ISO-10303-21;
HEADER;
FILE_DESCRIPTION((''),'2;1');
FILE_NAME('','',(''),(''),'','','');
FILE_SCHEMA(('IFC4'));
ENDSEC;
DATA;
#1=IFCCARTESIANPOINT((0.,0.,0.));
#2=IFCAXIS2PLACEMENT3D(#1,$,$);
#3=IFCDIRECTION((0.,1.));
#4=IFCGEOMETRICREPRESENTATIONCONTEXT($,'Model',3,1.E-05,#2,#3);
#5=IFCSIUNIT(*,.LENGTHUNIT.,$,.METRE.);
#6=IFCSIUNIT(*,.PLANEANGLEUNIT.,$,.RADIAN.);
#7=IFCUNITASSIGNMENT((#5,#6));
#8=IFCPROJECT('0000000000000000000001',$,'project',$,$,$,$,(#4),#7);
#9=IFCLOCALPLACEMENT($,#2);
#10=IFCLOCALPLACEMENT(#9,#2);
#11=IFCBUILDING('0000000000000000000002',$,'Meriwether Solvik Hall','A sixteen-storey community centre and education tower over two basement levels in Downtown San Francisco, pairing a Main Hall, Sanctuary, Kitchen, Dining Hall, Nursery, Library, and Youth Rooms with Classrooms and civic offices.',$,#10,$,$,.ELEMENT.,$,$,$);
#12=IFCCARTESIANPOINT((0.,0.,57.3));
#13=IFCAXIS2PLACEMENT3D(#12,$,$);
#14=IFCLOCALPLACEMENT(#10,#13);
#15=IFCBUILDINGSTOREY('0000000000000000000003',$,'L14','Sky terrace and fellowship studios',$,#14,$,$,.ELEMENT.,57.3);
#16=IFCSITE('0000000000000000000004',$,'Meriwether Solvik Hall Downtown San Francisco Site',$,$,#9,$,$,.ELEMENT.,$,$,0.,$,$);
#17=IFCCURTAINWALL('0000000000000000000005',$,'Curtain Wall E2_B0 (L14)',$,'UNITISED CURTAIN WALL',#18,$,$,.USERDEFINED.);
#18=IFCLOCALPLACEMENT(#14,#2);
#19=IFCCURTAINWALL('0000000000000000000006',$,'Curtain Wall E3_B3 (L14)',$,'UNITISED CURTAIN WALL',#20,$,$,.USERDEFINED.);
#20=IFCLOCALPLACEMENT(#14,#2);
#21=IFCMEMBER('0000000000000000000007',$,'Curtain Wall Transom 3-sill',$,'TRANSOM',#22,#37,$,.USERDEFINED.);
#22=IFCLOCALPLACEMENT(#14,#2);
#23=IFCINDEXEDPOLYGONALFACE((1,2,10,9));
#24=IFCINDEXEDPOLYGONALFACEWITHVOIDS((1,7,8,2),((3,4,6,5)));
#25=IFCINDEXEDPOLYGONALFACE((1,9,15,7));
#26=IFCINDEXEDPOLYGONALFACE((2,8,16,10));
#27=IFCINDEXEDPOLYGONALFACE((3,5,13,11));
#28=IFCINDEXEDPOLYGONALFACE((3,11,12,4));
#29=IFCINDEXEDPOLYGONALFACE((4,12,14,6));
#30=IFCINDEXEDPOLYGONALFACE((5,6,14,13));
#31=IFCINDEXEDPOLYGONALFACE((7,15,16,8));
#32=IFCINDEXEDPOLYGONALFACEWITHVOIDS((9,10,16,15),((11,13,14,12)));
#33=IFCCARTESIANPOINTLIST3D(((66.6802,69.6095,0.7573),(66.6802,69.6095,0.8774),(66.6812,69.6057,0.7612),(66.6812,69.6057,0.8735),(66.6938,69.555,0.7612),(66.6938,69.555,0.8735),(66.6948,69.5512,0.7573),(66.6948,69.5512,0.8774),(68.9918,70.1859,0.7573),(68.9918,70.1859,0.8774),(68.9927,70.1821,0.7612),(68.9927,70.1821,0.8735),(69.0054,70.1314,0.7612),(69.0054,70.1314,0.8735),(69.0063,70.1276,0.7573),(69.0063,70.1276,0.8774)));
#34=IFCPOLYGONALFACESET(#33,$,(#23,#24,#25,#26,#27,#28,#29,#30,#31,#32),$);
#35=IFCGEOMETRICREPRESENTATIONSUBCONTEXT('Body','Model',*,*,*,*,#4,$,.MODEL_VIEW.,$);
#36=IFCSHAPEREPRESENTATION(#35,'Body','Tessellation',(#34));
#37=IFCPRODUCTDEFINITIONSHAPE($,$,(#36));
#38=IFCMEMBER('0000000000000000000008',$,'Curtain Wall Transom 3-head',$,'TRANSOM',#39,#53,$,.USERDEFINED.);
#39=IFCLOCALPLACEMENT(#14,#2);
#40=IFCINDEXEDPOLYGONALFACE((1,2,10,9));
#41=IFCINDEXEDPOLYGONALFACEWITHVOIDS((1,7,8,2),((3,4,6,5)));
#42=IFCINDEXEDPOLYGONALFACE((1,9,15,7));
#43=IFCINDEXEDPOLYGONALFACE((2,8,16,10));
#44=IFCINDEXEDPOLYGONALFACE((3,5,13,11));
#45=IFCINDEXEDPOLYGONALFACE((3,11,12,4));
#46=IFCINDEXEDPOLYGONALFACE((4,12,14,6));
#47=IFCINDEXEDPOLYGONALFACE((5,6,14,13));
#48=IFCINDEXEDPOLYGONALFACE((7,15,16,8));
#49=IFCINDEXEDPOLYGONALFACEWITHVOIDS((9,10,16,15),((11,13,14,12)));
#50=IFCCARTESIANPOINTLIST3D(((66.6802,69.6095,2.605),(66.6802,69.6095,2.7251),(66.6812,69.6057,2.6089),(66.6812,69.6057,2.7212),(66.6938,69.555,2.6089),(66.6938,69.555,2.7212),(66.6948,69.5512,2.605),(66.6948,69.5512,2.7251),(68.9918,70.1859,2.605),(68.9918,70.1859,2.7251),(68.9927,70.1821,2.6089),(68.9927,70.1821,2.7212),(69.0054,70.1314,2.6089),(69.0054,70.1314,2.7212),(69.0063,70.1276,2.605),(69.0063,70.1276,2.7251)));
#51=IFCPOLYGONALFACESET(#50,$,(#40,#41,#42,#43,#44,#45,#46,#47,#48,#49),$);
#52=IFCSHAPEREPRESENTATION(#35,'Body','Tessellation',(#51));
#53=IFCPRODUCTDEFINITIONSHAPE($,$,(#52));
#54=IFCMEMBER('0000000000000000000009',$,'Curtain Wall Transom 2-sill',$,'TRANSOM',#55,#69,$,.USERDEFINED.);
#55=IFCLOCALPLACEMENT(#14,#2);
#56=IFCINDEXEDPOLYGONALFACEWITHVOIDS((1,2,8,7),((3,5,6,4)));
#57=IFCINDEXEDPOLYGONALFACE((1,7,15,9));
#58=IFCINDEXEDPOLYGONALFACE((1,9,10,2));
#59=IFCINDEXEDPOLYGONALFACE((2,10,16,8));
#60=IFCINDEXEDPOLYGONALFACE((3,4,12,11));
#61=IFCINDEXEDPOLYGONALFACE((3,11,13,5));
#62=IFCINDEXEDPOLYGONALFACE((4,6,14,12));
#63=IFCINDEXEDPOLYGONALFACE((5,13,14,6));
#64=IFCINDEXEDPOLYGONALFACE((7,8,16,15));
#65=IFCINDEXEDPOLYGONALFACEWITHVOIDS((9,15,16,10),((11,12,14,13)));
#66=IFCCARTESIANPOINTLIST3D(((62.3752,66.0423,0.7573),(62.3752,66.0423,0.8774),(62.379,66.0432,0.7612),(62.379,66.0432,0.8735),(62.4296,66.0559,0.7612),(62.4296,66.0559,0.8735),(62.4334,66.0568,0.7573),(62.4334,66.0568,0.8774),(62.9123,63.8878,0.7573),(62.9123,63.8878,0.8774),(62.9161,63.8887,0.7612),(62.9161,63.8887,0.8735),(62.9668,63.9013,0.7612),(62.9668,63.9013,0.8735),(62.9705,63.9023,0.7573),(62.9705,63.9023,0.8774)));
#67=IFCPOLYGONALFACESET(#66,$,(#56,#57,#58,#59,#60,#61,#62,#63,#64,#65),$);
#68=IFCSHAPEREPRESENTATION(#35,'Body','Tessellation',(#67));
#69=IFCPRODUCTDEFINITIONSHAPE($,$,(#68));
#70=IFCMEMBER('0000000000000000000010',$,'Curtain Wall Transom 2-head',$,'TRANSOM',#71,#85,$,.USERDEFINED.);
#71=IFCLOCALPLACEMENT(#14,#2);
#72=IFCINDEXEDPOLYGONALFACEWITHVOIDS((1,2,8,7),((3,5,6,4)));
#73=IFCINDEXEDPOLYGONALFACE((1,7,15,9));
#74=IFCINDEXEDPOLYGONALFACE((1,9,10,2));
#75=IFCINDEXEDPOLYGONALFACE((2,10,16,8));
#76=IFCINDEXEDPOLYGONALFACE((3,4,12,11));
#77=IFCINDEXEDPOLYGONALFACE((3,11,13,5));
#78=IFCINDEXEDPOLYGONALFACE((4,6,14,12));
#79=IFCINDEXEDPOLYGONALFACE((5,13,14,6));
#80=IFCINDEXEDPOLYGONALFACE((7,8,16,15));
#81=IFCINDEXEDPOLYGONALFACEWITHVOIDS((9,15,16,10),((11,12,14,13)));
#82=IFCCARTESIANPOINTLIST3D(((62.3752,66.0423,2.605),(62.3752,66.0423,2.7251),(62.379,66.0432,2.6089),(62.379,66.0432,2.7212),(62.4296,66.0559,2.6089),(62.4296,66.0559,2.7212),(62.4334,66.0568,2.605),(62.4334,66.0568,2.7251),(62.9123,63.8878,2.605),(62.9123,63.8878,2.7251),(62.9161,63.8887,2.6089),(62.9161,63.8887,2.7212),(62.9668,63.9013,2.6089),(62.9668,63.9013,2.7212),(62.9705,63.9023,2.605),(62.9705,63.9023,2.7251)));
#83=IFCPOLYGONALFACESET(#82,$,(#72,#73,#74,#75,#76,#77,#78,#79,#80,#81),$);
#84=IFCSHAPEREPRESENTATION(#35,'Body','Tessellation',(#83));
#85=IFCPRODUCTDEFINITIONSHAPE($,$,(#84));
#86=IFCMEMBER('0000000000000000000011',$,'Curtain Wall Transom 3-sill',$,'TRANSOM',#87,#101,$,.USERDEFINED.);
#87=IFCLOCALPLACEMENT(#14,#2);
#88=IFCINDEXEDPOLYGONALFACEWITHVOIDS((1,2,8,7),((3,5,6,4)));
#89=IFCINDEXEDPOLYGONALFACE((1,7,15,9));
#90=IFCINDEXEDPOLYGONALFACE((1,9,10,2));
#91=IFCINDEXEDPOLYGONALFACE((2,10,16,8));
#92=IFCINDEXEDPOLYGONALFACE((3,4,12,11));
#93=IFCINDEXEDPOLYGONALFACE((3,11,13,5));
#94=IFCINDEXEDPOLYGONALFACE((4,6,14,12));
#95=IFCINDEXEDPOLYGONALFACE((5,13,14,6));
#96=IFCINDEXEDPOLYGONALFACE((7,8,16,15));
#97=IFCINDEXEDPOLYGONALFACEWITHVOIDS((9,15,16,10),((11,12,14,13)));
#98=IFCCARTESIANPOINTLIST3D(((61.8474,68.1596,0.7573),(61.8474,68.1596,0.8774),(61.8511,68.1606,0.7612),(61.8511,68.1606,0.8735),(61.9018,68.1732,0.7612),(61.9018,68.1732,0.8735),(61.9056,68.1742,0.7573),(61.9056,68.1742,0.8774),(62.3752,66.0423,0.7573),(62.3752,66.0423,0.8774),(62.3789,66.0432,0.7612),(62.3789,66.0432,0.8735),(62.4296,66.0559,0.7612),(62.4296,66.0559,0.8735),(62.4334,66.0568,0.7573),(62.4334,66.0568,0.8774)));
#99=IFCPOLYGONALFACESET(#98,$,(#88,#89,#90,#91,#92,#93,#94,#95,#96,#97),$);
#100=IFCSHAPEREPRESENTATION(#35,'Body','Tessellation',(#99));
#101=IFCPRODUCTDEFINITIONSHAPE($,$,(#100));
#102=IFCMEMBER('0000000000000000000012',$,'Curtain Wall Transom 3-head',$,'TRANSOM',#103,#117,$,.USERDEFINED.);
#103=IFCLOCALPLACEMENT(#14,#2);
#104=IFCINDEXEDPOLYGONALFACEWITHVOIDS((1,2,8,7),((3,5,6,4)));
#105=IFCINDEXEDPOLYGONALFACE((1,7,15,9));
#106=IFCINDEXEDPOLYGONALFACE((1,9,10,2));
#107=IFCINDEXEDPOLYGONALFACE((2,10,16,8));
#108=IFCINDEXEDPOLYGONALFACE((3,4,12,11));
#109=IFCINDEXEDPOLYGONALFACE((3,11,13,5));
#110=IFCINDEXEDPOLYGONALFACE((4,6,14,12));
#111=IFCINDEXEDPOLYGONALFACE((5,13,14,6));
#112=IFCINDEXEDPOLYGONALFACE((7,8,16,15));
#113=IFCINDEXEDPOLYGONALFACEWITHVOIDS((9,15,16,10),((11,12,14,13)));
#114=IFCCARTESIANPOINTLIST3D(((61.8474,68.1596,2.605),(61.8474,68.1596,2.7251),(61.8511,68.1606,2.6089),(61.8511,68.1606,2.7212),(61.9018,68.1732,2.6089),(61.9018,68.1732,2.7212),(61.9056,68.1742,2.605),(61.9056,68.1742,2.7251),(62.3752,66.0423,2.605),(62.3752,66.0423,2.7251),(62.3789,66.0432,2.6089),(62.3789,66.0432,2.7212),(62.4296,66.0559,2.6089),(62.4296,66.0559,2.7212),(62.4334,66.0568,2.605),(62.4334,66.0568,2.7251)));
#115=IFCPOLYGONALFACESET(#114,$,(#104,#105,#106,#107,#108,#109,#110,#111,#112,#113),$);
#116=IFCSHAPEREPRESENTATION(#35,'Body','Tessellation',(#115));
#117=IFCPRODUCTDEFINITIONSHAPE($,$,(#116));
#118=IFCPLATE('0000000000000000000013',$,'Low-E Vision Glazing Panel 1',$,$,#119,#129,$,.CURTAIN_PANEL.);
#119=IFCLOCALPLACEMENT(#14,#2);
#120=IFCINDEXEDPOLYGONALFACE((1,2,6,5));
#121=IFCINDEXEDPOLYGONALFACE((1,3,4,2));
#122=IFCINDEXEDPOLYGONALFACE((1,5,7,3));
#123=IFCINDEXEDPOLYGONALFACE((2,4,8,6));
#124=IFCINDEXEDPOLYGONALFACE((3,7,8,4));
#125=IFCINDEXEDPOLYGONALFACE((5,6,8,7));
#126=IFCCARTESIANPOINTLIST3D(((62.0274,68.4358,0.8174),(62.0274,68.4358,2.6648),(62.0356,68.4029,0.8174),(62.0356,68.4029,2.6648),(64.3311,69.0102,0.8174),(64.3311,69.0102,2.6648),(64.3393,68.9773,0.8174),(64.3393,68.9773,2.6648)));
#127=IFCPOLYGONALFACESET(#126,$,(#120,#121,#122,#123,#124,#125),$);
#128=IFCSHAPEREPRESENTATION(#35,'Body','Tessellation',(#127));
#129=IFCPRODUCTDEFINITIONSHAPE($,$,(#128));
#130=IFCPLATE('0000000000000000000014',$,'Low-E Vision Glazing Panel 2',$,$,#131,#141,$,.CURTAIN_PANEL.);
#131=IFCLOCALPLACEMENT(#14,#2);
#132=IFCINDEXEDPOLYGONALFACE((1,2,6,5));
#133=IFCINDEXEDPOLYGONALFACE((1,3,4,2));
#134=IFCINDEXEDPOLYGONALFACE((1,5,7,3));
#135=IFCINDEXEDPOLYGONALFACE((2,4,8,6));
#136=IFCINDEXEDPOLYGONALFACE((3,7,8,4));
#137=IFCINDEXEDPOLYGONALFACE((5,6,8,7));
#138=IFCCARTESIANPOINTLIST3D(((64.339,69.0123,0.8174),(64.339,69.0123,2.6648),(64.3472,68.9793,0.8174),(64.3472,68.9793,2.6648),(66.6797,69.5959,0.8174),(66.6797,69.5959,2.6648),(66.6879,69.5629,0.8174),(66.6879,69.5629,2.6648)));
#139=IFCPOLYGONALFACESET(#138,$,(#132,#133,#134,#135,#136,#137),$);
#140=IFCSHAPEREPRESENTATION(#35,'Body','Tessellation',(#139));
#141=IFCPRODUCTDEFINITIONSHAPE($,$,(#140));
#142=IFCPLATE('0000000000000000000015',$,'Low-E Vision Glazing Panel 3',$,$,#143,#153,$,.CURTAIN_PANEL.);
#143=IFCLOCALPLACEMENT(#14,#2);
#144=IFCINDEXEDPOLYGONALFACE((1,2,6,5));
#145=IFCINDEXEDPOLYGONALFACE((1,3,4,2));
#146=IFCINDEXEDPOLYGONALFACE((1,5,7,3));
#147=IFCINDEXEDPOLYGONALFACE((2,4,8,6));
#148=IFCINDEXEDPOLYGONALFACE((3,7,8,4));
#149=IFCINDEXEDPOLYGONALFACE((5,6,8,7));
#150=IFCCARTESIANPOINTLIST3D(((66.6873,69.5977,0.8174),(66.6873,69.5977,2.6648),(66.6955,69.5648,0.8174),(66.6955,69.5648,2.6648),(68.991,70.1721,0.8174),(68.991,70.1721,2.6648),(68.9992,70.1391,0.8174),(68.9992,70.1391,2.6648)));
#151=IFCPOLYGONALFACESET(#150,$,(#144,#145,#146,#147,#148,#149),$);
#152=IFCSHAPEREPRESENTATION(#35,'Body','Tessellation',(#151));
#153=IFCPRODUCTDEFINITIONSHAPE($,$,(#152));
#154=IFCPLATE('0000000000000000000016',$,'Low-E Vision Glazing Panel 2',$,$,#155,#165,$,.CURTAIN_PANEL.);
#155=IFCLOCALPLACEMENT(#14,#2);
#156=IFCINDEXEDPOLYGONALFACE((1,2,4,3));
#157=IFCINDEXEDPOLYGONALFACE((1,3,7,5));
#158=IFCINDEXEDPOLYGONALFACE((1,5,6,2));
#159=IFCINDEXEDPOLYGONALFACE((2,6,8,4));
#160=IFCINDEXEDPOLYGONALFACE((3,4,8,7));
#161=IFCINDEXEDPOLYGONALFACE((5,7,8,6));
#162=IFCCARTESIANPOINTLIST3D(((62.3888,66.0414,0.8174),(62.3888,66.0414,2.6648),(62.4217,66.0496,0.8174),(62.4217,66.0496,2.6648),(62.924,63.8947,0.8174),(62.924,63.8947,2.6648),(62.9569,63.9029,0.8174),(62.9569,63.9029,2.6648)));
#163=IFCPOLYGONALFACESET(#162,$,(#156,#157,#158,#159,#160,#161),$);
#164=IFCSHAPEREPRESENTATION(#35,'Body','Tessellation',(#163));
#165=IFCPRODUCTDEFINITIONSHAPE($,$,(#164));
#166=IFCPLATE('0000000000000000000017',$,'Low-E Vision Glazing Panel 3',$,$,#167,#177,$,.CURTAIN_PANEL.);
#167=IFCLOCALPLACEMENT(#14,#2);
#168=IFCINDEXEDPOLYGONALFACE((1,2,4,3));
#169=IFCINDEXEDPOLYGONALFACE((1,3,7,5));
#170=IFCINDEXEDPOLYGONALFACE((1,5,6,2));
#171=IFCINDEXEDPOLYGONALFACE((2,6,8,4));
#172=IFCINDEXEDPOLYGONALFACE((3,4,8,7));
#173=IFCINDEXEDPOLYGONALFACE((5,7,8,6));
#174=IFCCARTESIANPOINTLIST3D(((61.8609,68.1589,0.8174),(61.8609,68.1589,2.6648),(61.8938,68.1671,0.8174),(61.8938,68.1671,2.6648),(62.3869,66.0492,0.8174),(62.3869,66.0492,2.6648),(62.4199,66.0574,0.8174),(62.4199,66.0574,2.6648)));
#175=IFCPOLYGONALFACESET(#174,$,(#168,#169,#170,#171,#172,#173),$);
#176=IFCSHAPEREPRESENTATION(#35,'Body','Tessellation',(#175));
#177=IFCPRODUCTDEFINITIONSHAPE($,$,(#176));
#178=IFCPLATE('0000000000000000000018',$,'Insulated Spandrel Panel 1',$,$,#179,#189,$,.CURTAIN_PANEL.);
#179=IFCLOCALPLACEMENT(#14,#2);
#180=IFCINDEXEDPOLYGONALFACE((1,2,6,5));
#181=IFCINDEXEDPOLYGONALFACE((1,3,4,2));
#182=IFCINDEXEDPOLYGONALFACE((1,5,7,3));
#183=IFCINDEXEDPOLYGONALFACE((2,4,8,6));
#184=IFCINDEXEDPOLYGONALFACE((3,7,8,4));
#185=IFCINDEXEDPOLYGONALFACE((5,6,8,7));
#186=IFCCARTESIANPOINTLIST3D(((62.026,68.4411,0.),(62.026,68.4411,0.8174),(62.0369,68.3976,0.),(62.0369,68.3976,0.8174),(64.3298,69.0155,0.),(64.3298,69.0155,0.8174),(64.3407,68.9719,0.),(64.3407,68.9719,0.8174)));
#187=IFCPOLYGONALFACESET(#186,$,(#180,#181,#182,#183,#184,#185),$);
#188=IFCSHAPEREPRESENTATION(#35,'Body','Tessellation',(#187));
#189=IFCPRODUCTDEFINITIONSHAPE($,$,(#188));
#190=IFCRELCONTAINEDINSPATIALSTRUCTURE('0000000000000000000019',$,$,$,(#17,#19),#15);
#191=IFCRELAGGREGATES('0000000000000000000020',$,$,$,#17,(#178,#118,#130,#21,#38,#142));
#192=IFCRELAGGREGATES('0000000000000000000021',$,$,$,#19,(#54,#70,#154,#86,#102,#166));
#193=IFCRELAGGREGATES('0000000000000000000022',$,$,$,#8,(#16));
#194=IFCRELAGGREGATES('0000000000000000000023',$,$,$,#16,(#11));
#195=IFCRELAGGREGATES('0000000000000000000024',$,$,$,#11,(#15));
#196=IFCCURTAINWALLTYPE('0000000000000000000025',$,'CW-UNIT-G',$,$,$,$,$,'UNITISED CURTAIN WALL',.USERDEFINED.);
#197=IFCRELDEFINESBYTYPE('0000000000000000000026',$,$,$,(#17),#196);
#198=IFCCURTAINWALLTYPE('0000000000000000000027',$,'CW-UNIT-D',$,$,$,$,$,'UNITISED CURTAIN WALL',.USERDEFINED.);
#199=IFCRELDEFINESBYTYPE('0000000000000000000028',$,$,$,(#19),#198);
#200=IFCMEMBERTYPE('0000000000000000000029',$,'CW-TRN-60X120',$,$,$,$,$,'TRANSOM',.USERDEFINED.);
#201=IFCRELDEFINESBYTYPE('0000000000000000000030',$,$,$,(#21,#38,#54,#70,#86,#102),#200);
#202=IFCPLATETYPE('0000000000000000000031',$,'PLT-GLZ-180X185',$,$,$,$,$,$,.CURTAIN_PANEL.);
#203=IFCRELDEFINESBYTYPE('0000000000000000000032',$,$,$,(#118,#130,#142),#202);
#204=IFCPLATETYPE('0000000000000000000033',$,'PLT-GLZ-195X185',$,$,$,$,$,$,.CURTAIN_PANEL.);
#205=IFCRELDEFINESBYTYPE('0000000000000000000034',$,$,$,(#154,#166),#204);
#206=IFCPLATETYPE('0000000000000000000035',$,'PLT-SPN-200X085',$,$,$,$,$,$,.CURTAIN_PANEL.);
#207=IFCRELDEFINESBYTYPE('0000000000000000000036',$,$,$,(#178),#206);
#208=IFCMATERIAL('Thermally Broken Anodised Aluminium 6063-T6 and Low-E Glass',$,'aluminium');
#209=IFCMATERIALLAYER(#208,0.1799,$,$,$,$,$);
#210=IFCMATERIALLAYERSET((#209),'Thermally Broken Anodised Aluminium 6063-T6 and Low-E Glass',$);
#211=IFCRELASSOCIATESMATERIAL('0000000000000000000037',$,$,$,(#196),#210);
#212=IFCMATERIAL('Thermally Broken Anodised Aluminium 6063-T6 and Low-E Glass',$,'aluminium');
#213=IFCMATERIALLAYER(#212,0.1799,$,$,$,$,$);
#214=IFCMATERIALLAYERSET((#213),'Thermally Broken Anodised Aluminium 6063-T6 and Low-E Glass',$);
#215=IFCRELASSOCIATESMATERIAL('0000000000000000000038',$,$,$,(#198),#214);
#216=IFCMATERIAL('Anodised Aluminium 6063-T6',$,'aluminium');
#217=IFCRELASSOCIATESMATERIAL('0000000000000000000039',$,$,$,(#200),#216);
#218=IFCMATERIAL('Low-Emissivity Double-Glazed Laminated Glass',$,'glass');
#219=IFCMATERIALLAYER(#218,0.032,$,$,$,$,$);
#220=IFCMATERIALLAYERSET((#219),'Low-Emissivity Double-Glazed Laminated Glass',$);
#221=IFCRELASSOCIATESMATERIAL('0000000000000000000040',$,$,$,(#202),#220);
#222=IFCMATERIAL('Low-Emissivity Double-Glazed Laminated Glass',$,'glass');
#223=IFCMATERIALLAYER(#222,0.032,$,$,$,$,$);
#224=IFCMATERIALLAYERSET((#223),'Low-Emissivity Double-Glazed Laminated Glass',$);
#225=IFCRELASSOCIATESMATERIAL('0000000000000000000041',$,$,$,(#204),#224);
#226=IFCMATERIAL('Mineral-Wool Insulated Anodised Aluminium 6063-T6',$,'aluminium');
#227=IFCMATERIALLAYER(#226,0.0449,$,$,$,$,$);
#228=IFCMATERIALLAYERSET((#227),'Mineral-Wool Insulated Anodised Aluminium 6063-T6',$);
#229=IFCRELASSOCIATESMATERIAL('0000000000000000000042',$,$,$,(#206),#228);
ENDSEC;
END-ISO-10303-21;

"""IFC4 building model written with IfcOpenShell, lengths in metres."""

from ifc_helpers import new_model, si_unit, direction, frame, origin, origin_2d, place, context, subcontext, project, spatial, rectangle, hollow_rectangle, extrude, material, layer, layer_set, material_profile, profile_set, type_object, element, aggregate, save


model = new_model("IFC4")

# Units and contexts
model_context = context("Model", 3, precision=1e-05, world=origin(), true_north=direction((0.0, 1.0)))
body_context = subcontext(model_context, "Body", "Model", "MODEL_VIEW")
ifc_project = project(units=[si_unit("LENGTHUNIT", "METRE"), si_unit("PLANEANGLEUNIT", "RADIAN")], contexts=[model_context])

# Site, building, storey
site_placement = place(None, origin())
site = spatial("IfcSite", under=ifc_project, at=site_placement, Name="Meriwether Solvik Hall Downtown San Francisco Site", CompositionType="ELEMENT", RefElevation=0.0)
building_placement = place(site_placement, origin())
building = spatial("IfcBuilding", under=site, at=building_placement, Name="Meriwether Solvik Hall", Description="A sixteen-storey community centre and education tower over two basement levels in Downtown San Francisco, pairing a Main Hall, Sanctuary, Kitchen, Dining Hall, Nursery, Library, and Youth Rooms with Classrooms and civic offices.", CompositionType="ELEMENT")
storey_placement = place(building_placement, frame((0.0, 0.0, 57.3)))
storey = spatial("IfcBuildingStorey", under=building, at=storey_placement, Name="L14", Description="Sky terrace and fellowship studios", CompositionType="ELEMENT", Elevation=57.3)

# Curtain walls
ifc_material_1 = material(Name="Thermally Broken Anodised Aluminium 6063-T6 and Low-E Glass", Category="aluminium")
ifc_layer_1 = layer(ifc_material_1, 0.1799)
ifc_layer_set_1 = layer_set([ifc_layer_1], Name="Thermally Broken Anodised Aluminium 6063-T6 and Low-E Glass")
curtain_wall_type_1 = type_object("IfcCurtainWallType", Name="CW-UNIT-G", ElementType="UNITISED CURTAIN WALL", PredefinedType="USERDEFINED", material=ifc_layer_set_1)
curtain_wall_1_placement = place(storey_placement, origin())
curtain_wall_1 = element("IfcCurtainWall", 1, at=curtain_wall_1_placement, inside=storey, type_object=curtain_wall_type_1, Name="Curtain Wall E2_B0 (L14)", ObjectType="UNITISED CURTAIN WALL", PredefinedType="USERDEFINED")
ifc_material_2 = material(Name="Thermally Broken Anodised Aluminium 6063-T6 and Low-E Glass", Category="aluminium")
ifc_layer_2 = layer(ifc_material_2, 0.1799)
ifc_layer_set_2 = layer_set([ifc_layer_2], Name="Thermally Broken Anodised Aluminium 6063-T6 and Low-E Glass")
curtain_wall_type_2 = type_object("IfcCurtainWallType", Name="CW-UNIT-D", ElementType="UNITISED CURTAIN WALL", PredefinedType="USERDEFINED", material=ifc_layer_set_2)
curtain_wall_2_placement = place(storey_placement, origin())
curtain_wall_2 = element("IfcCurtainWall", 2, at=curtain_wall_2_placement, inside=storey, type_object=curtain_wall_type_2, Name="Curtain Wall E3_B3 (L14)", ObjectType="UNITISED CURTAIN WALL", PredefinedType="USERDEFINED")

# Members
ifc_material_3 = material(Name="Anodised Aluminium 6063-T6", Category="aluminium")
ifc_material_profile_1 = material_profile(ifc_material_3, hollow_rectangle(XDim=0.0601, YDim=0.1201, WallThickness=0.0039, at=origin_2d()), Name="CWT-60X120")
ifc_profile_set_1 = profile_set([ifc_material_profile_1], Name="Anodised Aluminium 6063-T6")
member_type_1 = type_object("IfcMemberType", Name="CW-TRN-60X120", ElementType="TRANSOM", PredefinedType="USERDEFINED", material=ifc_profile_set_1)
member_1_placement = place(storey_placement, frame((66.6875, 69.5803, 0.8174), z_axis=(0.970287, 0.241957, 0.0), x_axis=(-0.241957, 0.970287, 0.0)))
member_1 = element("IfcMember", 3, at=member_1_placement, type_object=member_type_1, Name="Curtain Wall Transom 3-sill", ObjectType="TRANSOM", PredefinedType="USERDEFINED", context=body_context, shape_type="SweptSolid", body=[
    extrude(hollow_rectangle(XDim=0.0601, YDim=0.1201, WallThickness=0.0039, at=origin_2d()), origin(), (0.0, 0.0, 1.0), 2.3823),
])
member_2_placement = place(storey_placement, frame((66.6875, 69.5803, 2.665), z_axis=(0.970287, 0.241957, 0.0), x_axis=(-0.241957, 0.970287, 0.0)))
member_2 = element("IfcMember", 4, at=member_2_placement, type_object=member_type_1, Name="Curtain Wall Transom 3-head", ObjectType="TRANSOM", PredefinedType="USERDEFINED", context=body_context, shape_type="SweptSolid", body=[
    extrude(hollow_rectangle(XDim=0.0601, YDim=0.1201, WallThickness=0.0039, at=origin_2d()), origin(), (0.0, 0.0, 1.0), 2.3823),
])
member_3_placement = place(storey_placement, frame((62.9414, 63.895, 0.8174), z_axis=(-0.241889, 0.970304, 0.0), x_axis=(-0.970304, -0.241889, 0.0)))
member_3 = element("IfcMember", 5, at=member_3_placement, type_object=member_type_1, Name="Curtain Wall Transom 2-sill", ObjectType="TRANSOM", PredefinedType="USERDEFINED", context=body_context, shape_type="SweptSolid", body=[
    extrude(hollow_rectangle(XDim=0.0601, YDim=0.1201, WallThickness=0.0039, at=origin_2d()), origin(), (0.0, 0.0, 1.0), 2.2205),
])
member_4_placement = place(storey_placement, frame((62.9414, 63.895, 2.665), z_axis=(-0.241889, 0.970304, 0.0), x_axis=(-0.970304, -0.241889, 0.0)))
member_4 = element("IfcMember", 6, at=member_4_placement, type_object=member_type_1, Name="Curtain Wall Transom 2-head", ObjectType="TRANSOM", PredefinedType="USERDEFINED", context=body_context, shape_type="SweptSolid", body=[
    extrude(hollow_rectangle(XDim=0.0601, YDim=0.1201, WallThickness=0.0039, at=origin_2d()), origin(), (0.0, 0.0, 1.0), 2.2205),
])
member_5_placement = place(storey_placement, frame((62.4043, 66.0496, 0.8174), z_axis=(-0.241877, 0.970307, 0.0), x_axis=(-0.970307, -0.241877, 0.0)))
member_5 = element("IfcMember", 7, at=member_5_placement, type_object=member_type_1, Name="Curtain Wall Transom 3-sill", ObjectType="TRANSOM", PredefinedType="USERDEFINED", context=body_context, shape_type="SweptSolid", body=[
    extrude(hollow_rectangle(XDim=0.0601, YDim=0.1201, WallThickness=0.0039, at=origin_2d()), origin(), (0.0, 0.0, 1.0), 2.1821),
])
member_6_placement = place(storey_placement, frame((62.4043, 66.0496, 2.665), z_axis=(-0.241877, 0.970307, 0.0), x_axis=(-0.970307, -0.241877, 0.0)))
member_6 = element("IfcMember", 8, at=member_6_placement, type_object=member_type_1, Name="Curtain Wall Transom 3-head", ObjectType="TRANSOM", PredefinedType="USERDEFINED", context=body_context, shape_type="SweptSolid", body=[
    extrude(hollow_rectangle(XDim=0.0601, YDim=0.1201, WallThickness=0.0039, at=origin_2d()), origin(), (0.0, 0.0, 1.0), 2.1821),
])

# Plates
ifc_material_4 = material(Name="Low-Emissivity Double-Glazed Laminated Glass", Category="glass")
ifc_layer_3 = layer(ifc_material_4, 0.032)
ifc_layer_set_3 = layer_set([ifc_layer_3], Name="Low-Emissivity Double-Glazed Laminated Glass")
plate_type_1 = type_object("IfcPlateType", Name="PLT-GLZ-180X185", PredefinedType="CURTAIN_PANEL", material=ifc_layer_set_3)
plate_1_placement = place(storey_placement, frame((63.1833, 68.7065, 0.8174), z_axis=(0.0, 0.0, 1.0), x_axis=(0.970296, 0.241922, 0.0)))
plate_1 = element("IfcPlate", 9, at=plate_1_placement, type_object=plate_type_1, Name="Low-E Vision Glazing Panel 1", PredefinedType="CURTAIN_PANEL", context=body_context, shape_type="SweptSolid", body=[
    extrude(rectangle(XDim=2.3743, YDim=0.0339, at=origin_2d()), origin(), (0.0, 0.0, 1.0), 1.8474),
])
plate_2_placement = place(storey_placement, frame((65.5134, 69.2876, 0.8174), z_axis=(0.0, 0.0, 1.0), x_axis=(0.970296, 0.241922, 0.0)))
plate_2 = element("IfcPlate", 10, at=plate_2_placement, type_object=plate_type_1, Name="Low-E Vision Glazing Panel 2", PredefinedType="CURTAIN_PANEL", context=body_context, shape_type="SweptSolid", body=[
    extrude(rectangle(XDim=2.4124, YDim=0.0339, at=origin_2d()), origin(), (0.0, 0.0, 1.0), 1.8474),
])
plate_3_placement = place(storey_placement, frame((67.8433, 69.8684, 0.8174), z_axis=(0.0, 0.0, 1.0), x_axis=(0.970296, 0.241922, 0.0)))
plate_3 = element("IfcPlate", 11, at=plate_3_placement, type_object=plate_type_1, Name="Low-E Vision Glazing Panel 3", PredefinedType="CURTAIN_PANEL", context=body_context, shape_type="SweptSolid", body=[
    extrude(rectangle(XDim=2.3743, YDim=0.0339, at=origin_2d()), origin(), (0.0, 0.0, 1.0), 1.8474),
])
ifc_material_5 = material(Name="Low-Emissivity Double-Glazed Laminated Glass", Category="glass")
ifc_layer_4 = layer(ifc_material_5, 0.032)
ifc_layer_set_4 = layer_set([ifc_layer_4], Name="Low-Emissivity Double-Glazed Laminated Glass")
plate_type_2 = type_object("IfcPlateType", Name="PLT-GLZ-195X185", PredefinedType="CURTAIN_PANEL", material=ifc_layer_set_4)
plate_4_placement = place(storey_placement, frame((62.6729, 64.9722, 0.8174), z_axis=(0.0, 0.0, 1.0), x_axis=(-0.241922, 0.970296, 0.0)))
plate_4 = element("IfcPlate", 12, at=plate_4_placement, type_object=plate_type_2, Name="Low-E Vision Glazing Panel 2", PredefinedType="CURTAIN_PANEL", context=body_context, shape_type="SweptSolid", body=[
    extrude(rectangle(XDim=2.2124, YDim=0.0339, at=origin_2d()), origin(), (0.0, 0.0, 1.0), 1.8474),
])
plate_5_placement = place(storey_placement, frame((62.1404, 67.1082, 0.8174), z_axis=(0.0, 0.0, 1.0), x_axis=(-0.241922, 0.970296, 0.0)))
plate_5 = element("IfcPlate", 13, at=plate_5_placement, type_object=plate_type_2, Name="Low-E Vision Glazing Panel 3", PredefinedType="CURTAIN_PANEL", context=body_context, shape_type="SweptSolid", body=[
    extrude(rectangle(XDim=2.1743, YDim=0.0339, at=origin_2d()), origin(), (0.0, 0.0, 1.0), 1.8474),
])
ifc_material_6 = material(Name="Mineral-Wool Insulated Anodised Aluminium 6063-T6", Category="aluminium")
ifc_layer_5 = layer(ifc_material_6, 0.0449)
ifc_layer_set_5 = layer_set([ifc_layer_5], Name="Mineral-Wool Insulated Anodised Aluminium 6063-T6")
plate_type_3 = type_object("IfcPlateType", Name="PLT-SPN-200X085", PredefinedType="CURTAIN_PANEL", material=ifc_layer_set_5)
plate_6_placement = place(storey_placement, frame((63.1833, 68.7065, 0.0), z_axis=(0.0, 0.0, 1.0), x_axis=(0.970296, 0.241922, 0.0)))
plate_6 = element("IfcPlate", 14, at=plate_6_placement, type_object=plate_type_3, Name="Insulated Spandrel Panel 1", PredefinedType="CURTAIN_PANEL", context=body_context, shape_type="SweptSolid", body=[
    extrude(rectangle(XDim=2.3743, YDim=0.0449, at=origin_2d()), origin(), (0.0, 0.0, 1.0), 0.8174),
])
aggregate(curtain_wall_1, [plate_6, plate_1, plate_2, member_1, member_2, plate_3])
aggregate(curtain_wall_2, [member_3, member_4, plate_4, member_5, member_6, plate_5])

save(model, "model.ifc")
